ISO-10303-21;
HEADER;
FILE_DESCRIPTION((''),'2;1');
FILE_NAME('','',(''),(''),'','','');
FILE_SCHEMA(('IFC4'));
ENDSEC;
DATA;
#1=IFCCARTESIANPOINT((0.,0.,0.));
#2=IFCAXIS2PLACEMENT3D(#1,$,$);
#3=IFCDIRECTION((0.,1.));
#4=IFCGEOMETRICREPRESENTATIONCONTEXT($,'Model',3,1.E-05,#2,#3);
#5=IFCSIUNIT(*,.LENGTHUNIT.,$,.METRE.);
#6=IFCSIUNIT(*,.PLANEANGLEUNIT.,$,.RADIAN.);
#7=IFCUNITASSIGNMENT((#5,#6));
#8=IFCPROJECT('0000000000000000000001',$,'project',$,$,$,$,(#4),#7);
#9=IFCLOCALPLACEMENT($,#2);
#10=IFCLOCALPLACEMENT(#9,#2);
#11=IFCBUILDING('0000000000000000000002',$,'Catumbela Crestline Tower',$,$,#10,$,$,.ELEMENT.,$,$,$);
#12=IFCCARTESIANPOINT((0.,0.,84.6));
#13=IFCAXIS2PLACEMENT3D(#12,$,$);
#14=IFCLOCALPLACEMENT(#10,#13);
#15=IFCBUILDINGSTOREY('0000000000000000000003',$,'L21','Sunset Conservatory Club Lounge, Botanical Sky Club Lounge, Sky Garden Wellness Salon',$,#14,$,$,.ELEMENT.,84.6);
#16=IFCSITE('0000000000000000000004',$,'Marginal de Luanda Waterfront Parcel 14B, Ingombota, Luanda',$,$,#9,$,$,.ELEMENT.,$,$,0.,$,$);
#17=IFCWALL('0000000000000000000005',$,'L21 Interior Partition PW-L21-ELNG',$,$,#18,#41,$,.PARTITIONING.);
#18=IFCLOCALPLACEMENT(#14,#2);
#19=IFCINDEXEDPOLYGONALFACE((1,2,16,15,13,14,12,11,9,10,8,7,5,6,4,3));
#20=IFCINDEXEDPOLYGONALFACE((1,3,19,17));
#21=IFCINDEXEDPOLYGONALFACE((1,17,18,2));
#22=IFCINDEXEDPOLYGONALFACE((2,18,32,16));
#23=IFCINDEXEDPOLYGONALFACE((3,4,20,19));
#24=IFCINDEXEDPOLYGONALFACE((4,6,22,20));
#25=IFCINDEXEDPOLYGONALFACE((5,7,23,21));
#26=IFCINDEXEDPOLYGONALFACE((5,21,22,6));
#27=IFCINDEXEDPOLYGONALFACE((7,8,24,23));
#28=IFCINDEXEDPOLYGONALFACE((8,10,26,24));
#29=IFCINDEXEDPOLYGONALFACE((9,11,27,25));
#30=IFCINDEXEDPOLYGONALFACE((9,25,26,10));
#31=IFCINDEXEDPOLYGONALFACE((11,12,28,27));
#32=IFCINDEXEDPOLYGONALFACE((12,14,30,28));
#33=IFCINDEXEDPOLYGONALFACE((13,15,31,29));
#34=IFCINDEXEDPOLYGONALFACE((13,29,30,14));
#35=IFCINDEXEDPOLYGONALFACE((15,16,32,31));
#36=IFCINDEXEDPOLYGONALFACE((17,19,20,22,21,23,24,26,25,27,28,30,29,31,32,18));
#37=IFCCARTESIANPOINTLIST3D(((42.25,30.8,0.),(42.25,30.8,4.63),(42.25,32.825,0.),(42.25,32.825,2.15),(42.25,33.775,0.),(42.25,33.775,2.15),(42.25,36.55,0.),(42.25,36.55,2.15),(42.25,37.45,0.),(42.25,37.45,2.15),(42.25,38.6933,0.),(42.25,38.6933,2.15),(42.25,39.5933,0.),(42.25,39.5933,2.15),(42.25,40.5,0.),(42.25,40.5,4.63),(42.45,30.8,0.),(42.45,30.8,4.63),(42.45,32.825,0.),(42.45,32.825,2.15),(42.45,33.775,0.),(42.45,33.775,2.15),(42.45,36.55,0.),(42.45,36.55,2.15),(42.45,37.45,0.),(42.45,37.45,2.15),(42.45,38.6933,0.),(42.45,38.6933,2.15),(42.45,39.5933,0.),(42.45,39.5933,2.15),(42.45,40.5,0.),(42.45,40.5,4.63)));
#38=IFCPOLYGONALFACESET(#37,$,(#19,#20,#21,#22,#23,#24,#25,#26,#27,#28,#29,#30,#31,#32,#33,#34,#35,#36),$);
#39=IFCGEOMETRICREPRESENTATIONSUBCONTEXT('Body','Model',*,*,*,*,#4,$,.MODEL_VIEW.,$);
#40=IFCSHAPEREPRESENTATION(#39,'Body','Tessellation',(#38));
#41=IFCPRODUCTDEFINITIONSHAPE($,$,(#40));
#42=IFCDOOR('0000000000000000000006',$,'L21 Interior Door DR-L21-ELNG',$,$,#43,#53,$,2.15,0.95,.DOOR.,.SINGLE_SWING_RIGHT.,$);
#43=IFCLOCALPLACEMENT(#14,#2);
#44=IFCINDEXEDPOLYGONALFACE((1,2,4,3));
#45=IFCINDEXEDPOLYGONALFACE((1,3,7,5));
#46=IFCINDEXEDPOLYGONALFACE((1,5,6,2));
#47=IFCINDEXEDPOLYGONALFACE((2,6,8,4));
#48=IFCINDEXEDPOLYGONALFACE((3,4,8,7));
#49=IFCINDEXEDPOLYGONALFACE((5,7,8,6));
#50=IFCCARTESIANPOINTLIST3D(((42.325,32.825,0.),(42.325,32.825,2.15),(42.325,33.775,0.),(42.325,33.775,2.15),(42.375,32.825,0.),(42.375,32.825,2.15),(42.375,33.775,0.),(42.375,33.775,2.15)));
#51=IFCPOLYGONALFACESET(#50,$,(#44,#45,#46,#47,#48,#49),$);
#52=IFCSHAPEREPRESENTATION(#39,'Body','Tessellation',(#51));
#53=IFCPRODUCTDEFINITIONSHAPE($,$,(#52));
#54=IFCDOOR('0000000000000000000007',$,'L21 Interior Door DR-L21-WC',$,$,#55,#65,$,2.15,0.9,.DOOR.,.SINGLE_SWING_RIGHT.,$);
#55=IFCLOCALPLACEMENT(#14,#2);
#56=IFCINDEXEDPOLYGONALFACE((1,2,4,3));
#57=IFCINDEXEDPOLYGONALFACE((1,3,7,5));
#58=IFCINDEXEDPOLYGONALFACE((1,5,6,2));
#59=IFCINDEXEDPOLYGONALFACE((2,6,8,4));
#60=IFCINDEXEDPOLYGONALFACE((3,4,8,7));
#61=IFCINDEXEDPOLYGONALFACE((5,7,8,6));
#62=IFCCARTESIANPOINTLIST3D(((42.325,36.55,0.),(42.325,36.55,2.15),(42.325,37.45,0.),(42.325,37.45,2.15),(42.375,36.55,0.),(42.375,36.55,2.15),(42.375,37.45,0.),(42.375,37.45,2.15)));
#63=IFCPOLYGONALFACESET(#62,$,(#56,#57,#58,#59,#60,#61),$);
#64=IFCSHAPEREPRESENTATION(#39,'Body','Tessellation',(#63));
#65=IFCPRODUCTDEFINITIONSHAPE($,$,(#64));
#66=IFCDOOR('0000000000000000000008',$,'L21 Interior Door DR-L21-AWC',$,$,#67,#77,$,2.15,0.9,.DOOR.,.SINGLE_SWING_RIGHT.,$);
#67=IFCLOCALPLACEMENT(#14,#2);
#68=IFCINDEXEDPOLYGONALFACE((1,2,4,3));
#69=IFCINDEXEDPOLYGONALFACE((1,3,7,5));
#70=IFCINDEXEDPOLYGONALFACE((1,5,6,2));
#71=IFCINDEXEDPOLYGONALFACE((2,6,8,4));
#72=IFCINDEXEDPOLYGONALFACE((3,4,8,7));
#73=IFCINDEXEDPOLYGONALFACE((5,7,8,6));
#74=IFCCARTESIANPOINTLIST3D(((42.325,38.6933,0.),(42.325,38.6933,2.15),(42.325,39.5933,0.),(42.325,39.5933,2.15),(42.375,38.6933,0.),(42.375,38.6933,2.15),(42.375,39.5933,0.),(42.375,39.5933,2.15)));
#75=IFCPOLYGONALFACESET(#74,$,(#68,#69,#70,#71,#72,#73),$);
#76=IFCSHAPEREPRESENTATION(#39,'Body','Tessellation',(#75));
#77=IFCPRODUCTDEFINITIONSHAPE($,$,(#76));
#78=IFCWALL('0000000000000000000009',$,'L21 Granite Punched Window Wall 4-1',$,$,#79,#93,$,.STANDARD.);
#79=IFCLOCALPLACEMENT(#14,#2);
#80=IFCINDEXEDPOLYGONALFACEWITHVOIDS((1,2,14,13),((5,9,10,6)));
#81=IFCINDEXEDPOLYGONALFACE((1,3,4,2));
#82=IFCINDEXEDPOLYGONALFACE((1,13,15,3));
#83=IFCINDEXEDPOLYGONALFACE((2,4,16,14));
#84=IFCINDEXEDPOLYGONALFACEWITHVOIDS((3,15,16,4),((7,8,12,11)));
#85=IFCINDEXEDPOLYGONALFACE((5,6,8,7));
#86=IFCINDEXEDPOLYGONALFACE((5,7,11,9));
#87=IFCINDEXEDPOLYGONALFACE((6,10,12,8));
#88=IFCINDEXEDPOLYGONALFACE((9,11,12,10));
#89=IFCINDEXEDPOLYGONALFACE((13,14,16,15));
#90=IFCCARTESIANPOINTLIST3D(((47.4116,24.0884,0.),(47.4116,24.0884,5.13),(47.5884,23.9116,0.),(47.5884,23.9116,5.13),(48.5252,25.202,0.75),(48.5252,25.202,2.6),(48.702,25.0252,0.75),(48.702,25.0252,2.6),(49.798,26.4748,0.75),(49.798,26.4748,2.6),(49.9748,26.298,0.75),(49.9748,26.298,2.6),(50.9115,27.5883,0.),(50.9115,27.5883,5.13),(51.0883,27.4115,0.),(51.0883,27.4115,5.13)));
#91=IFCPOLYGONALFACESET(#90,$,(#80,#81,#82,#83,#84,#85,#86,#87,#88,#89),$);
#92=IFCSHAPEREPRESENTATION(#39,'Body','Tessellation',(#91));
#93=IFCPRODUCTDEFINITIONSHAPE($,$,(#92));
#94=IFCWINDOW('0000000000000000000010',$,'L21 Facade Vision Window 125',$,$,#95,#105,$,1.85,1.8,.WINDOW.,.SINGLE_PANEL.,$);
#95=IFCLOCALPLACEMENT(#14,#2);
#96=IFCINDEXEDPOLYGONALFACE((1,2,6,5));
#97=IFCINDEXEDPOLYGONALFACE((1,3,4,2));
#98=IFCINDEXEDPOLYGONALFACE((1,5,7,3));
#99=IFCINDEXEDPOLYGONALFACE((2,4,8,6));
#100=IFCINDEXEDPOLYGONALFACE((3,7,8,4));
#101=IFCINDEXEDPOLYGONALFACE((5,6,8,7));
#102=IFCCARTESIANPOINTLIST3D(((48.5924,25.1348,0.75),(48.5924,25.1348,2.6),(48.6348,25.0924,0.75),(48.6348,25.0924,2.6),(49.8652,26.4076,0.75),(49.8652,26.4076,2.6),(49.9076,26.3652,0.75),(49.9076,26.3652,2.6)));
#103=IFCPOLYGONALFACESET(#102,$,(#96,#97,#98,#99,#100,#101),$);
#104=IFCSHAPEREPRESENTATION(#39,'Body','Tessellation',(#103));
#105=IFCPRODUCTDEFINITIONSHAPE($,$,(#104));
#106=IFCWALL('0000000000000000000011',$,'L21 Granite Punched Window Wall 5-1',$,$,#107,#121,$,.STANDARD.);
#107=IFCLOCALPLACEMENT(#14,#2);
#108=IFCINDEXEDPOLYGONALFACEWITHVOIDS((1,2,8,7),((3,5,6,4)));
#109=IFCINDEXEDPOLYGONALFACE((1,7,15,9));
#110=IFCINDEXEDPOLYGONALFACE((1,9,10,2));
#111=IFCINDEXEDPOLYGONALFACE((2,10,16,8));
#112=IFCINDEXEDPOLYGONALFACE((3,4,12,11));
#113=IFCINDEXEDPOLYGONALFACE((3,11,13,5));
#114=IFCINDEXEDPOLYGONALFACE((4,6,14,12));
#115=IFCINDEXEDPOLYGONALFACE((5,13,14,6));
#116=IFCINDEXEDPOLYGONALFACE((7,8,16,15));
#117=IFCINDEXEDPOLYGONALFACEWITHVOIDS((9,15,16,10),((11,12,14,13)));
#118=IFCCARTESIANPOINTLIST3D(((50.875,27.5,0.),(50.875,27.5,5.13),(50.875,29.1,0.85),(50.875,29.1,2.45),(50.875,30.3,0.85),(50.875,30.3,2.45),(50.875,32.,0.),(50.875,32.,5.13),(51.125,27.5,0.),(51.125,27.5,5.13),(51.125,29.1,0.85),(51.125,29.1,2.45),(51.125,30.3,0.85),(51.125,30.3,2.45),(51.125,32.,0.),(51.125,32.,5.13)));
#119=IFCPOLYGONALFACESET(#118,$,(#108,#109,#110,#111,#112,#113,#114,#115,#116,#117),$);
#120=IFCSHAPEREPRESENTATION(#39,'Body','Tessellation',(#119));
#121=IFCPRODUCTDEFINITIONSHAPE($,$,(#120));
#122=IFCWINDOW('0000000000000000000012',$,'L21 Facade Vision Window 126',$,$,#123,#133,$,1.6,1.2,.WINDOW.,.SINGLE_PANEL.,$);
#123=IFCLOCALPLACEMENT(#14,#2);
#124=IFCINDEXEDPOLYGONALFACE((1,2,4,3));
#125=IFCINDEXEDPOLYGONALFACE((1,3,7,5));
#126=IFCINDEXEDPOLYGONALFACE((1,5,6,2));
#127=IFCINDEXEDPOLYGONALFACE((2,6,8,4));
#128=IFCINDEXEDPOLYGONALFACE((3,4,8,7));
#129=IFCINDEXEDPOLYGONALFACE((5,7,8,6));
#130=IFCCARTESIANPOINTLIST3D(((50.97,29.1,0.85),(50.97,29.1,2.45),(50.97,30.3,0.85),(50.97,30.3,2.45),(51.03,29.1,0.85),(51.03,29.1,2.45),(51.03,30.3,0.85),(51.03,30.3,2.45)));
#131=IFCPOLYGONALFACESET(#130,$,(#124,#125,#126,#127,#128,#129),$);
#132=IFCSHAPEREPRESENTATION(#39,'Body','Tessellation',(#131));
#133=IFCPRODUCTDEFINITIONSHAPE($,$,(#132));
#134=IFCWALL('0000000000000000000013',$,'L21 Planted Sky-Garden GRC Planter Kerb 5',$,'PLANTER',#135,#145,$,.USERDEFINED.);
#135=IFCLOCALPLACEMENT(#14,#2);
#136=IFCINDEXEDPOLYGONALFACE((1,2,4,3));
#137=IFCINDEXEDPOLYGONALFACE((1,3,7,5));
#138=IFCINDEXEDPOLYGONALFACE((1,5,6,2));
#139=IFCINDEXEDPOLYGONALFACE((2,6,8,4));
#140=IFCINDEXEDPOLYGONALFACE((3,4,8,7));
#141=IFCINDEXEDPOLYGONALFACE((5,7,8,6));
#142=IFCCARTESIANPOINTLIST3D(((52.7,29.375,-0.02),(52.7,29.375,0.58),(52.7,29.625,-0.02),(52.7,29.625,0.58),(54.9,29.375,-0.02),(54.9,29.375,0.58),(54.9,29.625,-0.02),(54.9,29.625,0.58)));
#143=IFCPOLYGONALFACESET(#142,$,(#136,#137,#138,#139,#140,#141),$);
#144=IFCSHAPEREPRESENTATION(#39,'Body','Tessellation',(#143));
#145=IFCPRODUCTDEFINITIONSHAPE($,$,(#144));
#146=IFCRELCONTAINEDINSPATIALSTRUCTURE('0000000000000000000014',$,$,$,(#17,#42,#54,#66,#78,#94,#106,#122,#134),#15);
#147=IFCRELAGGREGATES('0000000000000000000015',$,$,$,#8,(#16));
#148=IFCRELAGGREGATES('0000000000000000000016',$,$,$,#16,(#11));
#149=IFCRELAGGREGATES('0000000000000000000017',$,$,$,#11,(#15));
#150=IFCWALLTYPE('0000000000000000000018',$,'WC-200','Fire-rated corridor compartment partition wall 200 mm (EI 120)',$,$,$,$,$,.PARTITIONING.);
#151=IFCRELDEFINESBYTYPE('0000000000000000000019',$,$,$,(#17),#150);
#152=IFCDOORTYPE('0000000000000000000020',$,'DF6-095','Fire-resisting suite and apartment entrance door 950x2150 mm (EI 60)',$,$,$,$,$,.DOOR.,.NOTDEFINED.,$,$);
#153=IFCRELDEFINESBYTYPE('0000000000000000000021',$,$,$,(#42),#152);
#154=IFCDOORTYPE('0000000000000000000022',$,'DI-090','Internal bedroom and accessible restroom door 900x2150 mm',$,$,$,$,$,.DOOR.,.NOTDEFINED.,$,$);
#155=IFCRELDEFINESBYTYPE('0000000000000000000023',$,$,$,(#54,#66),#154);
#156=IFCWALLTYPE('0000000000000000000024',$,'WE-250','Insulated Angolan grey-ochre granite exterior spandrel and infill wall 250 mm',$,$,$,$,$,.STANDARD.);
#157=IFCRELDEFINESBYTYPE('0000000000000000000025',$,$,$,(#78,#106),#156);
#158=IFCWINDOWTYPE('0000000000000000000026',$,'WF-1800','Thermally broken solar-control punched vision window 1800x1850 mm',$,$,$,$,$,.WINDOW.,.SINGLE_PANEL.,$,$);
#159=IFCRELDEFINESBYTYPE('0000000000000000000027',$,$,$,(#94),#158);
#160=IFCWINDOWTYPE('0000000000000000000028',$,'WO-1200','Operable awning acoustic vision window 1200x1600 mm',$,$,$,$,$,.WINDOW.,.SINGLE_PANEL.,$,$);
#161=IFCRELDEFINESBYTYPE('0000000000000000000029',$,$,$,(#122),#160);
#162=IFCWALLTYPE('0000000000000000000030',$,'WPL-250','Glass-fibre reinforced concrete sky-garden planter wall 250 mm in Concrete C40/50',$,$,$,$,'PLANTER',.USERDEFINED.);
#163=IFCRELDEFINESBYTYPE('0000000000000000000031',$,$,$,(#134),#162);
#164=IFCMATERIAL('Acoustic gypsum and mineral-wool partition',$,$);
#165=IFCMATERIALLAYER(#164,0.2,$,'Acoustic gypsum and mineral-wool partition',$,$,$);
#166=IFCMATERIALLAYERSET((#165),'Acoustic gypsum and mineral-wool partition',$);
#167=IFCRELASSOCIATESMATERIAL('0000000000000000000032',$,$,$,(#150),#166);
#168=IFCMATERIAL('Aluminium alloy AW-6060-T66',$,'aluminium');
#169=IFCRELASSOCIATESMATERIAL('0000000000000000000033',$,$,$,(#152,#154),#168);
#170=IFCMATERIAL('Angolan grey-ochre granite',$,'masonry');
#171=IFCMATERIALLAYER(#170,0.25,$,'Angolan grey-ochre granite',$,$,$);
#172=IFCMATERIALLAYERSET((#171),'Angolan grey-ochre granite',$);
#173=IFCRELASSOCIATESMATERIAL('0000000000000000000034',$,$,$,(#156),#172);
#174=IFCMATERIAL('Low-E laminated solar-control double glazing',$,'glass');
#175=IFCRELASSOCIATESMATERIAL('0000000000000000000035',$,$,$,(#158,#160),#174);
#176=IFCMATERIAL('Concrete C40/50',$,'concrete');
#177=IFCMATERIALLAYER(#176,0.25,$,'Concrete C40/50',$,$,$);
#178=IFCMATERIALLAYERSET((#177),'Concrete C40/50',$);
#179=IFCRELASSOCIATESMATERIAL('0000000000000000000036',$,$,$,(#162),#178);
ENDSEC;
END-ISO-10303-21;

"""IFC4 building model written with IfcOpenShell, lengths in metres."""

from ifc_helpers import new_model, si_unit, direction, frame, frame_2d, origin, place, context, subcontext, project, spatial, rectangle, extrude, material, layer, layer_set, type_object, element, fill, save


model = new_model("IFC4")

# Units and contexts
model_context = context("Model", 3, precision=1e-05, world=origin(), true_north=direction((0.0, 1.0)))
body_context = subcontext(model_context, "Body", "Model", "MODEL_VIEW")
ifc_project = project(units=[si_unit("LENGTHUNIT", "METRE"), si_unit("PLANEANGLEUNIT", "RADIAN")], contexts=[model_context])

# Site, building, storey
site_placement = place(None, origin())
site = spatial("IfcSite", under=ifc_project, at=site_placement, Name="Marginal de Luanda Waterfront Parcel 14B, Ingombota, Luanda", CompositionType="ELEMENT", RefElevation=0.0)
building_placement = place(site_placement, origin())
building = spatial("IfcBuilding", under=site, at=building_placement, Name="Catumbela Crestline Tower", CompositionType="ELEMENT")
storey_placement = place(building_placement, frame((0.0, 0.0, 84.6)))
storey = spatial("IfcBuildingStorey", under=building, at=storey_placement, Name="L21", Description="Sunset Conservatory Club Lounge, Botanical Sky Club Lounge, Sky Garden Wellness Salon", CompositionType="ELEMENT", Elevation=84.6)

# Shared definitions
ifc_material_1 = material(Name="Aluminium alloy AW-6060-T66", Category="aluminium")

# Shared definitions
ifc_material_2 = material(Name="Low-E laminated solar-control double glazing", Category="glass")

# Shared definitions
ifc_material_3 = material(Name="Acoustic gypsum and mineral-wool partition")
ifc_layer_1 = layer(ifc_material_3, 0.2, Name="Acoustic gypsum and mineral-wool partition")
ifc_layer_set_1 = layer_set([ifc_layer_1], Name="Acoustic gypsum and mineral-wool partition")
wall_type_1 = type_object("IfcWallType", Name="WC-200", Description="Fire-rated corridor compartment partition wall 200 mm (EI 120)", PredefinedType="PARTITIONING", material=ifc_layer_set_1)

# Wall, openings, doors
wall_1_placement = place(storey_placement, frame((42.35, 30.8, 0.0), z_axis=(0.0, 0.0, 1.0), x_axis=(0.0, 1.0, 0.0)))
wall_1 = element("IfcWall", 1, at=wall_1_placement, inside=storey, type_object=wall_type_1, Name="L21 Interior Partition PW-L21-ELNG", PredefinedType="PARTITIONING", context=body_context, shape_type="SweptSolid", body=[
    extrude(rectangle(XDim=9.7, YDim=0.2, at=frame_2d((4.85, 0.0))), origin(), (0.0, 0.0, 1.0), 4.63),
])
opening_1_placement = place(wall_1_placement, frame((2.025, 0.0, 0.0)))
opening_1 = element("IfcOpeningElement", 2, at=opening_1_placement, cuts=wall_1, PredefinedType="OPENING", context=body_context, shape_type="SweptSolid", body=[
    extrude(rectangle(XDim=0.95, YDim=2.15, at=frame_2d((0.475, 1.075))), frame((0.0, 0.11, 0.0), z_axis=(0.0, -1.0, 0.0), x_axis=(1.0, 0.0, 0.0)), (0.0, 0.0, 1.0), 0.22),
])
opening_2_placement = place(wall_1_placement, frame((5.75, 0.0, 0.0)))
opening_2 = element("IfcOpeningElement", 3, at=opening_2_placement, cuts=wall_1, PredefinedType="OPENING", context=body_context, shape_type="SweptSolid", body=[
    extrude(rectangle(XDim=0.9, YDim=2.15, at=frame_2d((0.45, 1.075))), frame((0.0, 0.11, 0.0), z_axis=(0.0, -1.0, 0.0), x_axis=(1.0, 0.0, 0.0)), (0.0, 0.0, 1.0), 0.22),
])
opening_3_placement = place(wall_1_placement, frame((7.8933, 0.0, 0.0)))
opening_3 = element("IfcOpeningElement", 4, at=opening_3_placement, cuts=wall_1, PredefinedType="OPENING", context=body_context, shape_type="SweptSolid", body=[
    extrude(rectangle(XDim=0.9, YDim=2.15, at=frame_2d((0.45, 1.075))), frame((0.0, 0.11, 0.0), z_axis=(0.0, -1.0, 0.0), x_axis=(1.0, 0.0, 0.0)), (0.0, 0.0, 1.0), 0.22),
])
door_type_1 = type_object("IfcDoorType", Name="DF6-095", Description="Fire-resisting suite and apartment entrance door 950x2150 mm (EI 60)", OperationType="NOTDEFINED", PredefinedType="DOOR", material=ifc_material_1)
door_1_placement = place(opening_1_placement, origin())
door_1 = element("IfcDoor", 5, at=door_1_placement, inside=storey, type_object=door_type_1, Name="L21 Interior Door DR-L21-ELNG", OperationType="SINGLE_SWING_RIGHT", OverallHeight=2.15, OverallWidth=0.95, PredefinedType="DOOR", context=body_context, shape_type="SweptSolid", body=[
    extrude(rectangle(XDim=0.95, YDim=2.15, at=frame_2d((0.475, 1.075))), frame((0.0, 0.025, 0.0), z_axis=(0.0, -1.0, 0.0), x_axis=(1.0, 0.0, 0.0)), (0.0, 0.0, 1.0), 0.05),
])
fill(opening_1, door_1)
door_type_2 = type_object("IfcDoorType", Name="DI-090", Description="Internal bedroom and accessible restroom door 900x2150 mm", OperationType="NOTDEFINED", PredefinedType="DOOR", material=ifc_material_1)
door_2_placement = place(opening_2_placement, origin())
door_2 = element("IfcDoor", 6, at=door_2_placement, inside=storey, type_object=door_type_2, Name="L21 Interior Door DR-L21-WC", OperationType="SINGLE_SWING_RIGHT", OverallHeight=2.15, OverallWidth=0.9, PredefinedType="DOOR", context=body_context, shape_type="SweptSolid", body=[
    extrude(rectangle(XDim=0.9, YDim=2.15, at=frame_2d((0.45, 1.075))), frame((0.0, 0.025, 0.0), z_axis=(0.0, -1.0, 0.0), x_axis=(1.0, 0.0, 0.0)), (0.0, 0.0, 1.0), 0.05),
])
fill(opening_2, door_2)
door_3_placement = place(opening_3_placement, origin())
door_3 = element("IfcDoor", 7, at=door_3_placement, inside=storey, type_object=door_type_2, Name="L21 Interior Door DR-L21-AWC", OperationType="SINGLE_SWING_RIGHT", OverallHeight=2.15, OverallWidth=0.9, PredefinedType="DOOR", context=body_context, shape_type="SweptSolid", body=[
    extrude(rectangle(XDim=0.9, YDim=2.15, at=frame_2d((0.45, 1.075))), frame((0.0, 0.025, 0.0), z_axis=(0.0, -1.0, 0.0), x_axis=(1.0, 0.0, 0.0)), (0.0, 0.0, 1.0), 0.05),
])
fill(opening_3, door_3)

# Walls, openings, windows
ifc_material_4 = material(Name="Angolan grey-ochre granite", Category="masonry")
ifc_layer_2 = layer(ifc_material_4, 0.25, Name="Angolan grey-ochre granite")
ifc_layer_set_2 = layer_set([ifc_layer_2], Name="Angolan grey-ochre granite")
wall_type_2 = type_object("IfcWallType", Name="WE-250", Description="Insulated Angolan grey-ochre granite exterior spandrel and infill wall 250 mm", PredefinedType="STANDARD", material=ifc_layer_set_2)
wall_2_placement = place(storey_placement, frame((47.5, 24.0, 0.0), z_axis=(0.0, 0.0, 1.0), x_axis=(0.707107, 0.707107, 0.0)))
wall_2 = element("IfcWall", 8, at=wall_2_placement, inside=storey, type_object=wall_type_2, Name="L21 Granite Punched Window Wall 4-1", PredefinedType="STANDARD", context=body_context, shape_type="SweptSolid", body=[
    extrude(rectangle(XDim=4.9497, YDim=0.25, at=frame_2d((2.4748, 0.0))), origin(), (0.0, 0.0, 1.0), 5.13),
])
opening_4_placement = place(wall_2_placement, frame((1.5749, 0.0, 0.75)))
opening_4 = element("IfcOpeningElement", 9, at=opening_4_placement, cuts=wall_2, PredefinedType="OPENING", context=body_context, shape_type="SweptSolid", body=[
    extrude(rectangle(XDim=1.8, YDim=1.85, at=frame_2d((0.9, 0.925))), frame((0.0, 0.135, 0.0), z_axis=(0.0, -1.0, 0.0), x_axis=(1.0, 0.0, 0.0)), (0.0, 0.0, 1.0), 0.27),
])
window_type_1 = type_object("IfcWindowType", Name="WF-1800", Description="Thermally broken solar-control punched vision window 1800x1850 mm", PartitioningType="SINGLE_PANEL", PredefinedType="WINDOW", material=ifc_material_2)
window_1_placement = place(opening_4_placement, origin())
window_1 = element("IfcWindow", 10, at=window_1_placement, inside=storey, type_object=window_type_1, Name="L21 Facade Vision Window 125", OverallHeight=1.85, OverallWidth=1.8, PartitioningType="SINGLE_PANEL", PredefinedType="WINDOW", context=body_context, shape_type="SweptSolid", body=[
    extrude(rectangle(XDim=1.8, YDim=1.85, at=frame_2d((0.9, 0.925))), frame((0.0, 0.03, 0.0), z_axis=(0.0, -1.0, 0.0), x_axis=(1.0, 0.0, 0.0)), (0.0, 0.0, 1.0), 0.06),
])
fill(opening_4, window_1)
wall_3_placement = place(storey_placement, frame((51.0, 27.5, 0.0), z_axis=(0.0, 0.0, 1.0), x_axis=(0.0, 1.0, 0.0)))
wall_3 = element("IfcWall", 11, at=wall_3_placement, inside=storey, type_object=wall_type_2, Name="L21 Granite Punched Window Wall 5-1", PredefinedType="STANDARD", context=body_context, shape_type="SweptSolid", body=[
    extrude(rectangle(XDim=4.5, YDim=0.25, at=frame_2d((2.25, 0.0))), origin(), (0.0, 0.0, 1.0), 5.13),
])
opening_5_placement = place(wall_3_placement, frame((1.6, 0.0, 0.85)))
opening_5 = element("IfcOpeningElement", 12, at=opening_5_placement, cuts=wall_3, PredefinedType="OPENING", context=body_context, shape_type="SweptSolid", body=[
    extrude(rectangle(XDim=1.2, YDim=1.6, at=frame_2d((0.6, 0.8))), frame((0.0, 0.135, 0.0), z_axis=(0.0, -1.0, 0.0), x_axis=(1.0, 0.0, 0.0)), (0.0, 0.0, 1.0), 0.27),
])
window_type_2 = type_object("IfcWindowType", Name="WO-1200", Description="Operable awning acoustic vision window 1200x1600 mm", PartitioningType="SINGLE_PANEL", PredefinedType="WINDOW", material=ifc_material_2)
window_2_placement = place(opening_5_placement, origin())
window_2 = element("IfcWindow", 13, at=window_2_placement, inside=storey, type_object=window_type_2, Name="L21 Facade Vision Window 126", OverallHeight=1.6, OverallWidth=1.2, PartitioningType="SINGLE_PANEL", PredefinedType="WINDOW", context=body_context, shape_type="SweptSolid", body=[
    extrude(rectangle(XDim=1.2, YDim=1.6, at=frame_2d((0.6, 0.8))), frame((0.0, 0.03, 0.0), z_axis=(0.0, -1.0, 0.0), x_axis=(1.0, 0.0, 0.0)), (0.0, 0.0, 1.0), 0.06),
])
fill(opening_5, window_2)

# Wall
ifc_material_5 = material(Name="Concrete C40/50", Category="concrete")
ifc_layer_3 = layer(ifc_material_5, 0.25, Name="Concrete C40/50")
ifc_layer_set_3 = layer_set([ifc_layer_3], Name="Concrete C40/50")
wall_type_3 = type_object("IfcWallType", Name="WPL-250", Description="Glass-fibre reinforced concrete sky-garden planter wall 250 mm in Concrete C40/50", ElementType="PLANTER", PredefinedType="USERDEFINED", material=ifc_layer_set_3)
wall_4_placement = place(storey_placement, frame((52.7, 29.5, -0.02), z_axis=(0.0, 0.0, 1.0), x_axis=(1.0, 0.0, 0.0)))
element("IfcWall", 14, at=wall_4_placement, inside=storey, type_object=wall_type_3, Name="L21 Planted Sky-Garden GRC Planter Kerb 5", ObjectType="PLANTER", PredefinedType="USERDEFINED", context=body_context, shape_type="SweptSolid", body=[
    extrude(rectangle(XDim=2.2, YDim=0.25, at=frame_2d((1.1, 0.0))), origin(), (0.0, 0.0, 1.0), 0.6),
])

save(model, "model.ifc")
